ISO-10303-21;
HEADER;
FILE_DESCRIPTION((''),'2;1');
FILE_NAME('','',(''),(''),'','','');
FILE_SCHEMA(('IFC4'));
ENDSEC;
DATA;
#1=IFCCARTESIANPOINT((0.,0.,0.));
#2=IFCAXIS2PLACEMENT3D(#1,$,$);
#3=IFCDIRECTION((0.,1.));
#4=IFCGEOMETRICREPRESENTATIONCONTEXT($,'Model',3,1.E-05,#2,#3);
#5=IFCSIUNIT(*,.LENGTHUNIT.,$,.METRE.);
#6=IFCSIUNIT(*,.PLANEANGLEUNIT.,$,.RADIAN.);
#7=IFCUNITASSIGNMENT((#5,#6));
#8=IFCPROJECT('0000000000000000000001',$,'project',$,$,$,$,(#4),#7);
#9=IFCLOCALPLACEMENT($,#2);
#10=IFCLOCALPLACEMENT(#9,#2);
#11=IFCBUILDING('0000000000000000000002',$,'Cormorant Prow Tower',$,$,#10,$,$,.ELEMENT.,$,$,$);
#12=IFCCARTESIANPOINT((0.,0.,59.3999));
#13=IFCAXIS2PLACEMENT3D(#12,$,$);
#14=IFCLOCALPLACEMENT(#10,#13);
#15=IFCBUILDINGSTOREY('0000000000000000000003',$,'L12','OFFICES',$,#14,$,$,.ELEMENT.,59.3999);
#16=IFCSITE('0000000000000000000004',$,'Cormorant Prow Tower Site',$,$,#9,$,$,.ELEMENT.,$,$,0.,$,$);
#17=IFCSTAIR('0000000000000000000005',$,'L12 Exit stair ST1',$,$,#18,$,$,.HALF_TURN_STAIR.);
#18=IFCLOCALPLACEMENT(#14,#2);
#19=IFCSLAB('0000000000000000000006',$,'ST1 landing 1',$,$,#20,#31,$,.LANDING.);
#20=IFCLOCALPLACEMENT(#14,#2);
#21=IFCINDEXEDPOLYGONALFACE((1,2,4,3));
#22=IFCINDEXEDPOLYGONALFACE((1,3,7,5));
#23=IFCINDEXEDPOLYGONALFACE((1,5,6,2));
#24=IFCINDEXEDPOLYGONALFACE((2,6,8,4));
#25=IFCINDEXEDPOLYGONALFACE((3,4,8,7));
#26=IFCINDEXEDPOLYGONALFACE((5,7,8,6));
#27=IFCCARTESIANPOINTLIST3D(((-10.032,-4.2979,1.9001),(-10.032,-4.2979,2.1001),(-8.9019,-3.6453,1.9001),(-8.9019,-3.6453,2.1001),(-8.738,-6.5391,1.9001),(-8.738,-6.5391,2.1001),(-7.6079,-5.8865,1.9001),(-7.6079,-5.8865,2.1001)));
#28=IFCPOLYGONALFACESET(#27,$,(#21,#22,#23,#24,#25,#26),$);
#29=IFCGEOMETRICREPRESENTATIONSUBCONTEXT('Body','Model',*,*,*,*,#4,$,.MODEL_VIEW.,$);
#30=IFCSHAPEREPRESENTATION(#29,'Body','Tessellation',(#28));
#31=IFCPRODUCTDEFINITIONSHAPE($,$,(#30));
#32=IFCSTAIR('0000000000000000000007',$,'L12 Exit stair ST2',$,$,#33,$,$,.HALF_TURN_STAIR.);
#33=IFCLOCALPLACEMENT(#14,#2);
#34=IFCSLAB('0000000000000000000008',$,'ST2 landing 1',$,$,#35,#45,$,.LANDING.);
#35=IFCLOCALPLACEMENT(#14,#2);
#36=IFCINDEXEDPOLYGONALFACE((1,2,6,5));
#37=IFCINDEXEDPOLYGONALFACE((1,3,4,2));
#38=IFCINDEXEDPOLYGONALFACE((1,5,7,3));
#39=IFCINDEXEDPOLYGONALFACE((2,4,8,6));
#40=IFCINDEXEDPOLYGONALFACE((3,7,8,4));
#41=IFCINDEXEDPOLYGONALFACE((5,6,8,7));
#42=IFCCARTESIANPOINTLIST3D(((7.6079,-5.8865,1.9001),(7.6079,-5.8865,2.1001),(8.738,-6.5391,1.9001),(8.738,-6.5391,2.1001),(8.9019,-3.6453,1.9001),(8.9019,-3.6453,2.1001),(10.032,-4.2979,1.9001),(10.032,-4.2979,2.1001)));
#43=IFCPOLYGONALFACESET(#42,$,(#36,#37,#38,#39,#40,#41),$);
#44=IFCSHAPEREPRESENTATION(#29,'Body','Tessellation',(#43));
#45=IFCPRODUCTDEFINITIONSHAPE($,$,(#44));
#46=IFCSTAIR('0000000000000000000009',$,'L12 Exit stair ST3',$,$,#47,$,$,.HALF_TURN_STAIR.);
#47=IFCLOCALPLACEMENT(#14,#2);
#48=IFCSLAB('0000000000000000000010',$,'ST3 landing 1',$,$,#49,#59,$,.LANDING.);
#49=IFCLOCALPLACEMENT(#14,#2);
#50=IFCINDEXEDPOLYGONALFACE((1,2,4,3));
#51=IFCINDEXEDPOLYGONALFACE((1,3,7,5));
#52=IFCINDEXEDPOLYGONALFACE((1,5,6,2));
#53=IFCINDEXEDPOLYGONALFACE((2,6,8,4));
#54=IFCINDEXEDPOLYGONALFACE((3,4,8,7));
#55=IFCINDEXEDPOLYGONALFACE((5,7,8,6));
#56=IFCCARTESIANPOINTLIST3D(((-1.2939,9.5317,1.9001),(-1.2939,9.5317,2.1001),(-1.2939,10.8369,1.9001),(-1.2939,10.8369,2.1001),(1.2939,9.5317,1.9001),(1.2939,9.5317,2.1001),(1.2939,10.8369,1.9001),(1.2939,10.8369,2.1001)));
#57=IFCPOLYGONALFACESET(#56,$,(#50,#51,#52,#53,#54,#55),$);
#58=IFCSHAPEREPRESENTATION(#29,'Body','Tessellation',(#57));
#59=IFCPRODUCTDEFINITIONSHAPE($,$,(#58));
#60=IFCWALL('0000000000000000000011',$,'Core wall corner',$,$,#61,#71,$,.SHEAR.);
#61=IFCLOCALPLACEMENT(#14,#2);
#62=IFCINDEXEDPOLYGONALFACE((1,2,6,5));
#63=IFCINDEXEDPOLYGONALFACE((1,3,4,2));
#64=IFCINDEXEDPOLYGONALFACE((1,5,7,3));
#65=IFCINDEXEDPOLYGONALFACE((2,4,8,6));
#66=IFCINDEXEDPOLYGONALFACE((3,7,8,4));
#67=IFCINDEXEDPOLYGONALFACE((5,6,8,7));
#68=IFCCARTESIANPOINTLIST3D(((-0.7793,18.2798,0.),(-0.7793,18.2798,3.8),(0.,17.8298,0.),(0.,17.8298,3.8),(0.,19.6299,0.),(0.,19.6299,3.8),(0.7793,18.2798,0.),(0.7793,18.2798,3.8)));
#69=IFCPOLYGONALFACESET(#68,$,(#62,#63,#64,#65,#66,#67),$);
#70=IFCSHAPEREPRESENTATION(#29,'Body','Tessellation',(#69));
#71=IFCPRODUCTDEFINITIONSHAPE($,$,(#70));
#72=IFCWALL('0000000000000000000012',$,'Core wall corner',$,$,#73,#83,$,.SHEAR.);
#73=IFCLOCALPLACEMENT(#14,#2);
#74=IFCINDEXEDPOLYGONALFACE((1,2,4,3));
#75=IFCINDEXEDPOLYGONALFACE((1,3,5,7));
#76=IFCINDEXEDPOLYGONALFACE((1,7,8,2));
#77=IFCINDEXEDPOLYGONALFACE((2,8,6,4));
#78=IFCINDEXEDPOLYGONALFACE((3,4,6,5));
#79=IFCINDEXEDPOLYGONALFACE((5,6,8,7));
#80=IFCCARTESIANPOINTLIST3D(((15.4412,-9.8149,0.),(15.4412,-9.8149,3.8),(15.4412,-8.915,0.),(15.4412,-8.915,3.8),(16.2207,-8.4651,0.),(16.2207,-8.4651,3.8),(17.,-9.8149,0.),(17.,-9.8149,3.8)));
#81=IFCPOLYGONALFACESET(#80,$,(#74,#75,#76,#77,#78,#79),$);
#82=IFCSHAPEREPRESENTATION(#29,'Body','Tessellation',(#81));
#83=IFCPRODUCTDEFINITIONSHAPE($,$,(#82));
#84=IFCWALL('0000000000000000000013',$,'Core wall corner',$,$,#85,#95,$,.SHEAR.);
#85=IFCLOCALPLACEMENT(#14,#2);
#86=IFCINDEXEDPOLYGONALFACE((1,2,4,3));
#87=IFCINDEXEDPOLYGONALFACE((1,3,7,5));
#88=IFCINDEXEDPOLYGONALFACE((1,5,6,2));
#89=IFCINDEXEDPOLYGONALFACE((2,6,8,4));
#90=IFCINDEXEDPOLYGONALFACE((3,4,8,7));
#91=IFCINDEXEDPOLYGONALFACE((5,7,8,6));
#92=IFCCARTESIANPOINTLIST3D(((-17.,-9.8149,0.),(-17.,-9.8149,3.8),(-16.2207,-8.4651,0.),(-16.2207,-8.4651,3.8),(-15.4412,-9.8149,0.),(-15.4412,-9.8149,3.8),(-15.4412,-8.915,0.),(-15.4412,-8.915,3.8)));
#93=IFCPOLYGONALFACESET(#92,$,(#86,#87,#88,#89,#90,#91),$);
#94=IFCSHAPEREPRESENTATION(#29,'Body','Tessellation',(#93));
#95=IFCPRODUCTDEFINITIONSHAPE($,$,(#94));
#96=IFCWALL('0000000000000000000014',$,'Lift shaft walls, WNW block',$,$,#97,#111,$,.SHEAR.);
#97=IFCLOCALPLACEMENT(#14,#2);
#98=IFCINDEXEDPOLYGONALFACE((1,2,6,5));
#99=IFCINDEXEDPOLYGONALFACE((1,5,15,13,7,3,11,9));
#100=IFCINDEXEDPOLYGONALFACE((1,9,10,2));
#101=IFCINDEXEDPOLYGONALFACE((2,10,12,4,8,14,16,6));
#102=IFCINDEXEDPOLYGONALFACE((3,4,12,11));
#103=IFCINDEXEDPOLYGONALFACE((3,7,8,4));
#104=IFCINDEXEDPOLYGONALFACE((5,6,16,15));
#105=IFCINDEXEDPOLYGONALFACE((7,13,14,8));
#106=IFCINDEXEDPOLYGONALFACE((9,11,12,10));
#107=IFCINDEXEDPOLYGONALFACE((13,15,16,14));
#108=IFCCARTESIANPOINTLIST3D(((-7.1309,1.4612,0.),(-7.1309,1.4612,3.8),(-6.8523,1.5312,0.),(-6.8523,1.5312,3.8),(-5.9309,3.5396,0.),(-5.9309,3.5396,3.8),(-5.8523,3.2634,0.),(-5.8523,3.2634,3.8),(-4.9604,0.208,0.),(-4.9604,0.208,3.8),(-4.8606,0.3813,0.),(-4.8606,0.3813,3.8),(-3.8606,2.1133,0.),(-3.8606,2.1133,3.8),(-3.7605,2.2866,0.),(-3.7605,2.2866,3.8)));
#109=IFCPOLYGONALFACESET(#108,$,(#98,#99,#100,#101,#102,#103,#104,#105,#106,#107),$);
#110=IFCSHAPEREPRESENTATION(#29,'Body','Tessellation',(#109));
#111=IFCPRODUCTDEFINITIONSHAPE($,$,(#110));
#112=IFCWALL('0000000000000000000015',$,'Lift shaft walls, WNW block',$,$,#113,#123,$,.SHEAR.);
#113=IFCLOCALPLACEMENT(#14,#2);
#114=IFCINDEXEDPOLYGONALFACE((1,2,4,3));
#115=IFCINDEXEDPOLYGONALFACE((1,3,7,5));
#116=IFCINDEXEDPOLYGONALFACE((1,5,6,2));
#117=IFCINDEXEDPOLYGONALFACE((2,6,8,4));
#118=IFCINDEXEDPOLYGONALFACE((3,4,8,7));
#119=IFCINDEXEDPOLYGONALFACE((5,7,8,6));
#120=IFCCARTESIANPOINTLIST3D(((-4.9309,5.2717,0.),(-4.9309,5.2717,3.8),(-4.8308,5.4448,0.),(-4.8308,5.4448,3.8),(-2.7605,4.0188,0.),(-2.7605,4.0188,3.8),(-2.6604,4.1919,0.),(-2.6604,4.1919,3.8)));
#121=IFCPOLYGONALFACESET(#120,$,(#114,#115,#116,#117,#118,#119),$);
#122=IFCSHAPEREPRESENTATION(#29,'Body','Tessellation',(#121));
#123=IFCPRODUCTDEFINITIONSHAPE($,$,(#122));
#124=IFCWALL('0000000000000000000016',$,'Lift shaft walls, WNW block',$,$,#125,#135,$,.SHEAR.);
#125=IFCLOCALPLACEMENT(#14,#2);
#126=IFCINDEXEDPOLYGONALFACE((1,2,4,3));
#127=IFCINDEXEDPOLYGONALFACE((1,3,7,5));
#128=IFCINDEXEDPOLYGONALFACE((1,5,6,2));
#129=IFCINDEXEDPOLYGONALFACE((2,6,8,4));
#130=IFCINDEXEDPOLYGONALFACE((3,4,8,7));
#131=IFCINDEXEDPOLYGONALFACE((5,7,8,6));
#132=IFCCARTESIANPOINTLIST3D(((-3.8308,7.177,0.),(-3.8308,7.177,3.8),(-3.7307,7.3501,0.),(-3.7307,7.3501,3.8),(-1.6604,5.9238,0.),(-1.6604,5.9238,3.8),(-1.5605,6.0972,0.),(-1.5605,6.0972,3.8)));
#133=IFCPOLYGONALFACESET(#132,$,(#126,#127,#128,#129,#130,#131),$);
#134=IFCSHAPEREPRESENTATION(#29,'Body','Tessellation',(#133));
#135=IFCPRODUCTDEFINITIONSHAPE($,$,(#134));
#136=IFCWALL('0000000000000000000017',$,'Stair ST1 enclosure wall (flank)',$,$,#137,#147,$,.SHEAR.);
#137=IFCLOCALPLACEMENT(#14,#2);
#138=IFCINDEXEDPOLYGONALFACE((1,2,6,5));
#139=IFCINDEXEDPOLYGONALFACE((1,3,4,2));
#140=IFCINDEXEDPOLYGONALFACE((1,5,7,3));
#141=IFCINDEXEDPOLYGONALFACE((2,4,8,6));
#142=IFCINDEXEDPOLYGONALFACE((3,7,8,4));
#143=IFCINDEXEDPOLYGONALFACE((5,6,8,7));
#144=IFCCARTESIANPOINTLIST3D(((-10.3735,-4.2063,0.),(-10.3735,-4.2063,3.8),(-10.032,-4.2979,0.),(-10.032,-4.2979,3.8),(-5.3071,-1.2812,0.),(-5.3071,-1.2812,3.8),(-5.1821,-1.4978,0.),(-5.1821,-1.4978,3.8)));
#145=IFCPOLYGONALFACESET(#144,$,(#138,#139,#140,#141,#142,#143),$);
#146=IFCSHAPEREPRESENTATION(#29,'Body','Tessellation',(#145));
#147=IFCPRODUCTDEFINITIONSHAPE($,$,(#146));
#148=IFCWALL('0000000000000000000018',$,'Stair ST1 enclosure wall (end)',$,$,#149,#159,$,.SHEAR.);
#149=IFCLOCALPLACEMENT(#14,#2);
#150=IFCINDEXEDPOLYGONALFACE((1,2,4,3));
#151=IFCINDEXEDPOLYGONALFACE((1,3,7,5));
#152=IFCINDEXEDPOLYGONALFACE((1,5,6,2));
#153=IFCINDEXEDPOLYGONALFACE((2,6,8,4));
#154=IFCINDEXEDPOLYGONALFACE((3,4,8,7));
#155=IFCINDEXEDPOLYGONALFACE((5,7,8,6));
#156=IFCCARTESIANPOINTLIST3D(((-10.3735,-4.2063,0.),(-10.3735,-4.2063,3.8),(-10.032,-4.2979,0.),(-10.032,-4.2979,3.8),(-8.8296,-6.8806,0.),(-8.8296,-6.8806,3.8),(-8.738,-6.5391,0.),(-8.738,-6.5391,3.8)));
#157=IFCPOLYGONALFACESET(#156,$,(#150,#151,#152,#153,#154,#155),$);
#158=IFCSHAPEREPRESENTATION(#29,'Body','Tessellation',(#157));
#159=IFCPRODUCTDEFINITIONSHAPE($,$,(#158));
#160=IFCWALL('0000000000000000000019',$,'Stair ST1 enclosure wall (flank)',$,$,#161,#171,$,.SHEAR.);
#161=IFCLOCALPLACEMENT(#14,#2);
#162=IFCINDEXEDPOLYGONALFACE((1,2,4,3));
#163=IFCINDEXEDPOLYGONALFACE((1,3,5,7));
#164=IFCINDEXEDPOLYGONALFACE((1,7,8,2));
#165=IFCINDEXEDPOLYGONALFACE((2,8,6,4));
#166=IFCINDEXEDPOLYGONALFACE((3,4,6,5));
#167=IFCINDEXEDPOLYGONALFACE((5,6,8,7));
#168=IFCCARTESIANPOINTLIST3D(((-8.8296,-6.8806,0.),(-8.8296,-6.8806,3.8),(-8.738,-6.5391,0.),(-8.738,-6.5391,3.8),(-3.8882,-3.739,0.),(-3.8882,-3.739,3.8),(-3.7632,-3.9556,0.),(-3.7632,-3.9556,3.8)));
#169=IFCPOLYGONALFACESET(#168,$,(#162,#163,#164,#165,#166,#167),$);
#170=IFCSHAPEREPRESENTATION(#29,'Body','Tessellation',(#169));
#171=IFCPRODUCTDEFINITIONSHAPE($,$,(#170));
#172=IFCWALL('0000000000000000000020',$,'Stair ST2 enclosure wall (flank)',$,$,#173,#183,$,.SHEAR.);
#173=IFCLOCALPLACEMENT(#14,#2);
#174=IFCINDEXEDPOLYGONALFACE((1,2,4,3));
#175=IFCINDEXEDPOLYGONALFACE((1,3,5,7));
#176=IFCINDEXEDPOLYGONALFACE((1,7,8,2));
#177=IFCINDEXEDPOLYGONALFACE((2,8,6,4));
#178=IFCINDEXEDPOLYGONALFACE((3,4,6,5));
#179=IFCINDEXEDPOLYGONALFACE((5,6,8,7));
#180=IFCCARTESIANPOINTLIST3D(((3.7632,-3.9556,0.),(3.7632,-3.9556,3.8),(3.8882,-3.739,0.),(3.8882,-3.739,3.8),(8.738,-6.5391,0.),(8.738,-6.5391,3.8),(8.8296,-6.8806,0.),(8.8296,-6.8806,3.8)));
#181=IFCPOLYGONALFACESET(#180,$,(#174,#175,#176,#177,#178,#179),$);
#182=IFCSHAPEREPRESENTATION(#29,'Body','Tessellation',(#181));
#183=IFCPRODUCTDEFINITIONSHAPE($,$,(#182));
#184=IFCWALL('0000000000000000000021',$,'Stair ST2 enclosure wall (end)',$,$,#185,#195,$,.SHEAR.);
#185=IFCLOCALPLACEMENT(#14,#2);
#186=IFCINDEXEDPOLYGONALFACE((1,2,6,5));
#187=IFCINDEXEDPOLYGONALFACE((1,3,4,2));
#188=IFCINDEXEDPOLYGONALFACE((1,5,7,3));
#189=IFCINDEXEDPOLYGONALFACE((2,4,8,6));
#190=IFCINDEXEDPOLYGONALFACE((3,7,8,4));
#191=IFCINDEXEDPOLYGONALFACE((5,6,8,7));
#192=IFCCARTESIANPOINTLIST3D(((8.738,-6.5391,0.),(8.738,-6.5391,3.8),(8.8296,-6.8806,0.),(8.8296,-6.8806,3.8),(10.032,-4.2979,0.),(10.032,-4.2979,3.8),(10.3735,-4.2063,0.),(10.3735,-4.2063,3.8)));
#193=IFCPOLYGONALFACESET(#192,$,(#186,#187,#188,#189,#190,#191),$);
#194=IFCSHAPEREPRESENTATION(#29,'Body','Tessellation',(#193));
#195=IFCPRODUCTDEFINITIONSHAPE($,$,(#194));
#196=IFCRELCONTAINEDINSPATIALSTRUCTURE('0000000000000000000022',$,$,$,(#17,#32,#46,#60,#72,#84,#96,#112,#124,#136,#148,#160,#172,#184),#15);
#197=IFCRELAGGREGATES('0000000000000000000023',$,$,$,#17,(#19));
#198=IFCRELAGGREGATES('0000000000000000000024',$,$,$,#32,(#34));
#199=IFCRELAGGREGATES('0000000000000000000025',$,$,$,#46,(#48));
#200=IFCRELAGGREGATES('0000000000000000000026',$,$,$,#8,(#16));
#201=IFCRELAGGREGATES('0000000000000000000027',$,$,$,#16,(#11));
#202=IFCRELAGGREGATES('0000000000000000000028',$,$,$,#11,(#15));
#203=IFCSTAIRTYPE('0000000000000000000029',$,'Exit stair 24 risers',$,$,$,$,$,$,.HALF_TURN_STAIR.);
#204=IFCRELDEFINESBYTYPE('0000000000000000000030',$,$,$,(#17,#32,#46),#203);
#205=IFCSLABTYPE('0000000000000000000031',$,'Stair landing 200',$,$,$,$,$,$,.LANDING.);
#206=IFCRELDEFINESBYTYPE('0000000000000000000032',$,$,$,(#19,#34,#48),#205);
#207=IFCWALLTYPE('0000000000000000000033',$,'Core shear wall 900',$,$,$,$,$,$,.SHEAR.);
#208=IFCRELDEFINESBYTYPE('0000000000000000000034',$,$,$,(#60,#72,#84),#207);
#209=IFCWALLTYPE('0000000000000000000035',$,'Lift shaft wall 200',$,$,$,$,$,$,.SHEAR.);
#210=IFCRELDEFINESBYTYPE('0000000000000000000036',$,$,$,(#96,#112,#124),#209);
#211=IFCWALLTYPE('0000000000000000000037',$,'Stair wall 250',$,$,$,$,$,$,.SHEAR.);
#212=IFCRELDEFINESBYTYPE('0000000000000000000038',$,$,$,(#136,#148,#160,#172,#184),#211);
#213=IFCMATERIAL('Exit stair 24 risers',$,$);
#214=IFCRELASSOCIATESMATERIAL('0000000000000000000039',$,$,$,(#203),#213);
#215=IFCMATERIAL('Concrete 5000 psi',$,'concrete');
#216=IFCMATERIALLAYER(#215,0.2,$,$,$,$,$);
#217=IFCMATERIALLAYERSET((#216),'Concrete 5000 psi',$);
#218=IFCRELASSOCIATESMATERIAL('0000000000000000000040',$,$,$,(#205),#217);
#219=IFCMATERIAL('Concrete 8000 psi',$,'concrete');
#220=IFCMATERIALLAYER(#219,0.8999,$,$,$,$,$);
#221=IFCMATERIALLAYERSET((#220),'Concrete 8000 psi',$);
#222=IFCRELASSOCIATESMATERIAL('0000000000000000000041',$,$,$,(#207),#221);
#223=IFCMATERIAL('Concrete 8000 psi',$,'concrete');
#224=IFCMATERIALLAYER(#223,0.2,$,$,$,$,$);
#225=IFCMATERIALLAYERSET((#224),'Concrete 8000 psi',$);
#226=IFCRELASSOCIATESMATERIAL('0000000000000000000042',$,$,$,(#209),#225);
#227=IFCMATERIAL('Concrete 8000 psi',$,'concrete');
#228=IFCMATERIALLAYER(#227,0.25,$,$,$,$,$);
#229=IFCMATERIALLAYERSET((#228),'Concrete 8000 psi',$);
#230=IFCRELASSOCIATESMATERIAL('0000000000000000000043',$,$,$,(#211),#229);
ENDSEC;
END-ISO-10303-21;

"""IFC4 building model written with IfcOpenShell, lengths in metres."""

from ifc_helpers import new_model, si_unit, direction, frame, origin, place, context, subcontext, project, spatial, polyline, outline, extrude, material, layer, layer_set, type_object, element, aggregate, save


model = new_model("IFC4")

# Units and contexts
model_context = context("Model", 3, precision=1e-05, world=origin(), true_north=direction((0.0, 1.0)))
body_context = subcontext(model_context, "Body", "Model", "MODEL_VIEW")
ifc_project = project(units=[si_unit("LENGTHUNIT", "METRE"), si_unit("PLANEANGLEUNIT", "RADIAN")], contexts=[model_context])

# Site, building, storey
site_placement = place(None, origin())
site = spatial("IfcSite", under=ifc_project, at=site_placement, Name="Cormorant Prow Tower Site", CompositionType="ELEMENT", RefElevation=0.0)
building_placement = place(site_placement, origin())
building = spatial("IfcBuilding", under=site, at=building_placement, Name="Cormorant Prow Tower", CompositionType="ELEMENT")
storey_placement = place(building_placement, frame((0.0, 0.0, 59.3999)))
storey = spatial("IfcBuildingStorey", under=building, at=storey_placement, Name="L12", Description="OFFICES", CompositionType="ELEMENT", Elevation=59.3999)

# Stairs, slabs
ifc_material_1 = material(Name="Exit stair 24 risers")
stair_type = type_object("IfcStairType", Name="Exit stair 24 risers", PredefinedType="HALF_TURN_STAIR", material=ifc_material_1)
stair_1_placement = place(storey_placement, origin())
stair_1 = element("IfcStair", 1, at=stair_1_placement, inside=storey, type_object=stair_type, Name="L12 Exit stair ST1", PredefinedType="HALF_TURN_STAIR")
ifc_material_2 = material(Name="Concrete 5000 psi", Category="concrete")
ifc_layer_1 = layer(ifc_material_2, 0.2)
ifc_layer_set_1 = layer_set([ifc_layer_1], Name="Concrete 5000 psi")
slab_type = type_object("IfcSlabType", Name="Stair landing 200", PredefinedType="LANDING", material=ifc_layer_set_1)
slab_1_placement = place(storey_placement, frame((0.0, 0.0, 1.9001)))
slab_1 = element("IfcSlab", 2, at=slab_1_placement, type_object=slab_type, Name="ST1 landing 1", PredefinedType="LANDING", context=body_context, shape_type="SweptSolid", body=[
    extrude(outline(polyline([(-8.9019, -3.6453), (-10.032, -4.2979), (-8.738, -6.5391), (-7.6079, -5.8865), (-8.9019, -3.6453)])), origin(), (0.0, 0.0, 1.0), 0.2),
])
aggregate(stair_1, [slab_1])
stair_2_placement = place(storey_placement, origin())
stair_2 = element("IfcStair", 3, at=stair_2_placement, inside=storey, type_object=stair_type, Name="L12 Exit stair ST2", PredefinedType="HALF_TURN_STAIR")
slab_2_placement = place(storey_placement, frame((0.0, 0.0, 1.9001)))
slab_2 = element("IfcSlab", 4, at=slab_2_placement, type_object=slab_type, Name="ST2 landing 1", PredefinedType="LANDING", context=body_context, shape_type="SweptSolid", body=[
    extrude(outline(polyline([(7.6079, -5.8865), (8.738, -6.5391), (10.032, -4.2979), (8.9019, -3.6453), (7.6079, -5.8865)])), origin(), (0.0, 0.0, 1.0), 0.2),
])
aggregate(stair_2, [slab_2])
stair_3_placement = place(storey_placement, origin())
stair_3 = element("IfcStair", 5, at=stair_3_placement, inside=storey, type_object=stair_type, Name="L12 Exit stair ST3", PredefinedType="HALF_TURN_STAIR")
slab_3_placement = place(storey_placement, frame((0.0, 0.0, 1.9001)))
slab_3 = element("IfcSlab", 6, at=slab_3_placement, type_object=slab_type, Name="ST3 landing 1", PredefinedType="LANDING", context=body_context, shape_type="SweptSolid", body=[
    extrude(outline(polyline([(1.2939, 9.5317), (1.2939, 10.8369), (-1.2939, 10.8369), (-1.2939, 9.5317), (1.2939, 9.5317)])), origin(), (0.0, 0.0, 1.0), 0.2),
])
aggregate(stair_3, [slab_3])

# Walls
ifc_material_3 = material(Name="Concrete 8000 psi", Category="concrete")
ifc_layer_2 = layer(ifc_material_3, 0.8999)
ifc_layer_set_2 = layer_set([ifc_layer_2], Name="Concrete 8000 psi")
wall_type_1 = type_object("IfcWallType", Name="Core shear wall 900", PredefinedType="SHEAR", material=ifc_layer_set_2)
wall_1_placement = place(storey_placement, origin())
element("IfcWall", 7, at=wall_1_placement, inside=storey, type_object=wall_type_1, Name="Core wall corner", PredefinedType="SHEAR", context=body_context, shape_type="SweptSolid", body=[
    extrude(outline(polyline([(-0.7793, 18.2798), (0.0, 19.6299), (0.7793, 18.2798), (0.0, 17.8298), (-0.7793, 18.2798)])), origin(), (0.0, 0.0, 1.0), 3.8),
])
wall_2_placement = place(storey_placement, origin())
element("IfcWall", 8, at=wall_2_placement, inside=storey, type_object=wall_type_1, Name="Core wall corner", PredefinedType="SHEAR", context=body_context, shape_type="SweptSolid", body=[
    extrude(outline(polyline([(15.4412, -9.8149), (15.4412, -8.915), (16.2207, -8.4651), (17.0, -9.8149), (15.4412, -9.8149)])), origin(), (0.0, 0.0, 1.0), 3.8),
])
wall_3_placement = place(storey_placement, origin())
element("IfcWall", 9, at=wall_3_placement, inside=storey, type_object=wall_type_1, Name="Core wall corner", PredefinedType="SHEAR", context=body_context, shape_type="SweptSolid", body=[
    extrude(outline(polyline([(-16.2207, -8.4651), (-15.4412, -8.915), (-15.4412, -9.8149), (-17.0, -9.8149), (-16.2207, -8.4651)])), origin(), (0.0, 0.0, 1.0), 3.8),
])
ifc_material_4 = material(Name="Concrete 8000 psi", Category="concrete")
ifc_layer_3 = layer(ifc_material_4, 0.2)
ifc_layer_set_3 = layer_set([ifc_layer_3], Name="Concrete 8000 psi")
wall_type_2 = type_object("IfcWallType", Name="Lift shaft wall 200", PredefinedType="SHEAR", material=ifc_layer_set_3)
wall_4_placement = place(storey_placement, origin())
element("IfcWall", 10, at=wall_4_placement, inside=storey, type_object=wall_type_2, Name="Lift shaft walls, WNW block", PredefinedType="SHEAR", context=body_context, shape_type="SweptSolid", body=[
    extrude(outline(polyline([(-4.9604, 0.208), (-7.1309, 1.4612), (-5.9309, 3.5396), (-3.7605, 2.2866), (-3.8606, 2.1133), (-5.8523, 3.2634), (-6.8523, 1.5312), (-4.8606, 0.3813), (-4.9604, 0.208)])), origin(), (0.0, 0.0, 1.0), 3.8),
])
wall_5_placement = place(storey_placement, origin())
element("IfcWall", 11, at=wall_5_placement, inside=storey, type_object=wall_type_2, Name="Lift shaft walls, WNW block", PredefinedType="SHEAR", context=body_context, shape_type="SweptSolid", body=[
    extrude(outline(polyline([(-2.7605, 4.0188), (-4.9309, 5.2717), (-4.8308, 5.4448), (-2.6604, 4.1919), (-2.7605, 4.0188)])), origin(), (0.0, 0.0, 1.0), 3.8),
])
wall_6_placement = place(storey_placement, origin())
element("IfcWall", 12, at=wall_6_placement, inside=storey, type_object=wall_type_2, Name="Lift shaft walls, WNW block", PredefinedType="SHEAR", context=body_context, shape_type="SweptSolid", body=[
    extrude(outline(polyline([(-3.7307, 7.3501), (-1.5605, 6.0972), (-1.6604, 5.9238), (-3.8308, 7.177), (-3.7307, 7.3501)])), origin(), (0.0, 0.0, 1.0), 3.8),
])
ifc_material_5 = material(Name="Concrete 8000 psi", Category="concrete")
ifc_layer_4 = layer(ifc_material_5, 0.25)
ifc_layer_set_4 = layer_set([ifc_layer_4], Name="Concrete 8000 psi")
wall_type_3 = type_object("IfcWallType", Name="Stair wall 250", PredefinedType="SHEAR", material=ifc_layer_set_4)
wall_7_placement = place(storey_placement, origin())
element("IfcWall", 13, at=wall_7_placement, inside=storey, type_object=wall_type_3, Name="Stair ST1 enclosure wall (flank)", PredefinedType="SHEAR", context=body_context, shape_type="SweptSolid", body=[
    extrude(outline(polyline([(-5.3071, -1.2812), (-10.3735, -4.2063), (-10.032, -4.2979), (-5.1821, -1.4978), (-5.3071, -1.2812)])), origin(), (0.0, 0.0, 1.0), 3.8),
])
wall_8_placement = place(storey_placement, origin())
element("IfcWall", 14, at=wall_8_placement, inside=storey, type_object=wall_type_3, Name="Stair ST1 enclosure wall (end)", PredefinedType="SHEAR", context=body_context, shape_type="SweptSolid", body=[
    extrude(outline(polyline([(-10.3735, -4.2063), (-8.8296, -6.8806), (-8.738, -6.5391), (-10.032, -4.2979), (-10.3735, -4.2063)])), origin(), (0.0, 0.0, 1.0), 3.8),
])
wall_9_placement = place(storey_placement, origin())
element("IfcWall", 15, at=wall_9_placement, inside=storey, type_object=wall_type_3, Name="Stair ST1 enclosure wall (flank)", PredefinedType="SHEAR", context=body_context, shape_type="SweptSolid", body=[
    extrude(outline(polyline([(-8.738, -6.5391), (-8.8296, -6.8806), (-3.7632, -3.9556), (-3.8882, -3.739), (-8.738, -6.5391)])), origin(), (0.0, 0.0, 1.0), 3.8),
])
wall_10_placement = place(storey_placement, origin())
element("IfcWall", 16, at=wall_10_placement, inside=storey, type_object=wall_type_3, Name="Stair ST2 enclosure wall (flank)", PredefinedType="SHEAR", context=body_context, shape_type="SweptSolid", body=[
    extrude(outline(polyline([(3.7632, -3.9556), (8.8296, -6.8806), (8.738, -6.5391), (3.8882, -3.739), (3.7632, -3.9556)])), origin(), (0.0, 0.0, 1.0), 3.8),
])
wall_11_placement = place(storey_placement, origin())
element("IfcWall", 17, at=wall_11_placement, inside=storey, type_object=wall_type_3, Name="Stair ST2 enclosure wall (end)", PredefinedType="SHEAR", context=body_context, shape_type="SweptSolid", body=[
    extrude(outline(polyline([(8.8296, -6.8806), (10.3735, -4.2063), (10.032, -4.2979), (8.738, -6.5391), (8.8296, -6.8806)])), origin(), (0.0, 0.0, 1.0), 3.8),
])

save(model, "model.ifc")
